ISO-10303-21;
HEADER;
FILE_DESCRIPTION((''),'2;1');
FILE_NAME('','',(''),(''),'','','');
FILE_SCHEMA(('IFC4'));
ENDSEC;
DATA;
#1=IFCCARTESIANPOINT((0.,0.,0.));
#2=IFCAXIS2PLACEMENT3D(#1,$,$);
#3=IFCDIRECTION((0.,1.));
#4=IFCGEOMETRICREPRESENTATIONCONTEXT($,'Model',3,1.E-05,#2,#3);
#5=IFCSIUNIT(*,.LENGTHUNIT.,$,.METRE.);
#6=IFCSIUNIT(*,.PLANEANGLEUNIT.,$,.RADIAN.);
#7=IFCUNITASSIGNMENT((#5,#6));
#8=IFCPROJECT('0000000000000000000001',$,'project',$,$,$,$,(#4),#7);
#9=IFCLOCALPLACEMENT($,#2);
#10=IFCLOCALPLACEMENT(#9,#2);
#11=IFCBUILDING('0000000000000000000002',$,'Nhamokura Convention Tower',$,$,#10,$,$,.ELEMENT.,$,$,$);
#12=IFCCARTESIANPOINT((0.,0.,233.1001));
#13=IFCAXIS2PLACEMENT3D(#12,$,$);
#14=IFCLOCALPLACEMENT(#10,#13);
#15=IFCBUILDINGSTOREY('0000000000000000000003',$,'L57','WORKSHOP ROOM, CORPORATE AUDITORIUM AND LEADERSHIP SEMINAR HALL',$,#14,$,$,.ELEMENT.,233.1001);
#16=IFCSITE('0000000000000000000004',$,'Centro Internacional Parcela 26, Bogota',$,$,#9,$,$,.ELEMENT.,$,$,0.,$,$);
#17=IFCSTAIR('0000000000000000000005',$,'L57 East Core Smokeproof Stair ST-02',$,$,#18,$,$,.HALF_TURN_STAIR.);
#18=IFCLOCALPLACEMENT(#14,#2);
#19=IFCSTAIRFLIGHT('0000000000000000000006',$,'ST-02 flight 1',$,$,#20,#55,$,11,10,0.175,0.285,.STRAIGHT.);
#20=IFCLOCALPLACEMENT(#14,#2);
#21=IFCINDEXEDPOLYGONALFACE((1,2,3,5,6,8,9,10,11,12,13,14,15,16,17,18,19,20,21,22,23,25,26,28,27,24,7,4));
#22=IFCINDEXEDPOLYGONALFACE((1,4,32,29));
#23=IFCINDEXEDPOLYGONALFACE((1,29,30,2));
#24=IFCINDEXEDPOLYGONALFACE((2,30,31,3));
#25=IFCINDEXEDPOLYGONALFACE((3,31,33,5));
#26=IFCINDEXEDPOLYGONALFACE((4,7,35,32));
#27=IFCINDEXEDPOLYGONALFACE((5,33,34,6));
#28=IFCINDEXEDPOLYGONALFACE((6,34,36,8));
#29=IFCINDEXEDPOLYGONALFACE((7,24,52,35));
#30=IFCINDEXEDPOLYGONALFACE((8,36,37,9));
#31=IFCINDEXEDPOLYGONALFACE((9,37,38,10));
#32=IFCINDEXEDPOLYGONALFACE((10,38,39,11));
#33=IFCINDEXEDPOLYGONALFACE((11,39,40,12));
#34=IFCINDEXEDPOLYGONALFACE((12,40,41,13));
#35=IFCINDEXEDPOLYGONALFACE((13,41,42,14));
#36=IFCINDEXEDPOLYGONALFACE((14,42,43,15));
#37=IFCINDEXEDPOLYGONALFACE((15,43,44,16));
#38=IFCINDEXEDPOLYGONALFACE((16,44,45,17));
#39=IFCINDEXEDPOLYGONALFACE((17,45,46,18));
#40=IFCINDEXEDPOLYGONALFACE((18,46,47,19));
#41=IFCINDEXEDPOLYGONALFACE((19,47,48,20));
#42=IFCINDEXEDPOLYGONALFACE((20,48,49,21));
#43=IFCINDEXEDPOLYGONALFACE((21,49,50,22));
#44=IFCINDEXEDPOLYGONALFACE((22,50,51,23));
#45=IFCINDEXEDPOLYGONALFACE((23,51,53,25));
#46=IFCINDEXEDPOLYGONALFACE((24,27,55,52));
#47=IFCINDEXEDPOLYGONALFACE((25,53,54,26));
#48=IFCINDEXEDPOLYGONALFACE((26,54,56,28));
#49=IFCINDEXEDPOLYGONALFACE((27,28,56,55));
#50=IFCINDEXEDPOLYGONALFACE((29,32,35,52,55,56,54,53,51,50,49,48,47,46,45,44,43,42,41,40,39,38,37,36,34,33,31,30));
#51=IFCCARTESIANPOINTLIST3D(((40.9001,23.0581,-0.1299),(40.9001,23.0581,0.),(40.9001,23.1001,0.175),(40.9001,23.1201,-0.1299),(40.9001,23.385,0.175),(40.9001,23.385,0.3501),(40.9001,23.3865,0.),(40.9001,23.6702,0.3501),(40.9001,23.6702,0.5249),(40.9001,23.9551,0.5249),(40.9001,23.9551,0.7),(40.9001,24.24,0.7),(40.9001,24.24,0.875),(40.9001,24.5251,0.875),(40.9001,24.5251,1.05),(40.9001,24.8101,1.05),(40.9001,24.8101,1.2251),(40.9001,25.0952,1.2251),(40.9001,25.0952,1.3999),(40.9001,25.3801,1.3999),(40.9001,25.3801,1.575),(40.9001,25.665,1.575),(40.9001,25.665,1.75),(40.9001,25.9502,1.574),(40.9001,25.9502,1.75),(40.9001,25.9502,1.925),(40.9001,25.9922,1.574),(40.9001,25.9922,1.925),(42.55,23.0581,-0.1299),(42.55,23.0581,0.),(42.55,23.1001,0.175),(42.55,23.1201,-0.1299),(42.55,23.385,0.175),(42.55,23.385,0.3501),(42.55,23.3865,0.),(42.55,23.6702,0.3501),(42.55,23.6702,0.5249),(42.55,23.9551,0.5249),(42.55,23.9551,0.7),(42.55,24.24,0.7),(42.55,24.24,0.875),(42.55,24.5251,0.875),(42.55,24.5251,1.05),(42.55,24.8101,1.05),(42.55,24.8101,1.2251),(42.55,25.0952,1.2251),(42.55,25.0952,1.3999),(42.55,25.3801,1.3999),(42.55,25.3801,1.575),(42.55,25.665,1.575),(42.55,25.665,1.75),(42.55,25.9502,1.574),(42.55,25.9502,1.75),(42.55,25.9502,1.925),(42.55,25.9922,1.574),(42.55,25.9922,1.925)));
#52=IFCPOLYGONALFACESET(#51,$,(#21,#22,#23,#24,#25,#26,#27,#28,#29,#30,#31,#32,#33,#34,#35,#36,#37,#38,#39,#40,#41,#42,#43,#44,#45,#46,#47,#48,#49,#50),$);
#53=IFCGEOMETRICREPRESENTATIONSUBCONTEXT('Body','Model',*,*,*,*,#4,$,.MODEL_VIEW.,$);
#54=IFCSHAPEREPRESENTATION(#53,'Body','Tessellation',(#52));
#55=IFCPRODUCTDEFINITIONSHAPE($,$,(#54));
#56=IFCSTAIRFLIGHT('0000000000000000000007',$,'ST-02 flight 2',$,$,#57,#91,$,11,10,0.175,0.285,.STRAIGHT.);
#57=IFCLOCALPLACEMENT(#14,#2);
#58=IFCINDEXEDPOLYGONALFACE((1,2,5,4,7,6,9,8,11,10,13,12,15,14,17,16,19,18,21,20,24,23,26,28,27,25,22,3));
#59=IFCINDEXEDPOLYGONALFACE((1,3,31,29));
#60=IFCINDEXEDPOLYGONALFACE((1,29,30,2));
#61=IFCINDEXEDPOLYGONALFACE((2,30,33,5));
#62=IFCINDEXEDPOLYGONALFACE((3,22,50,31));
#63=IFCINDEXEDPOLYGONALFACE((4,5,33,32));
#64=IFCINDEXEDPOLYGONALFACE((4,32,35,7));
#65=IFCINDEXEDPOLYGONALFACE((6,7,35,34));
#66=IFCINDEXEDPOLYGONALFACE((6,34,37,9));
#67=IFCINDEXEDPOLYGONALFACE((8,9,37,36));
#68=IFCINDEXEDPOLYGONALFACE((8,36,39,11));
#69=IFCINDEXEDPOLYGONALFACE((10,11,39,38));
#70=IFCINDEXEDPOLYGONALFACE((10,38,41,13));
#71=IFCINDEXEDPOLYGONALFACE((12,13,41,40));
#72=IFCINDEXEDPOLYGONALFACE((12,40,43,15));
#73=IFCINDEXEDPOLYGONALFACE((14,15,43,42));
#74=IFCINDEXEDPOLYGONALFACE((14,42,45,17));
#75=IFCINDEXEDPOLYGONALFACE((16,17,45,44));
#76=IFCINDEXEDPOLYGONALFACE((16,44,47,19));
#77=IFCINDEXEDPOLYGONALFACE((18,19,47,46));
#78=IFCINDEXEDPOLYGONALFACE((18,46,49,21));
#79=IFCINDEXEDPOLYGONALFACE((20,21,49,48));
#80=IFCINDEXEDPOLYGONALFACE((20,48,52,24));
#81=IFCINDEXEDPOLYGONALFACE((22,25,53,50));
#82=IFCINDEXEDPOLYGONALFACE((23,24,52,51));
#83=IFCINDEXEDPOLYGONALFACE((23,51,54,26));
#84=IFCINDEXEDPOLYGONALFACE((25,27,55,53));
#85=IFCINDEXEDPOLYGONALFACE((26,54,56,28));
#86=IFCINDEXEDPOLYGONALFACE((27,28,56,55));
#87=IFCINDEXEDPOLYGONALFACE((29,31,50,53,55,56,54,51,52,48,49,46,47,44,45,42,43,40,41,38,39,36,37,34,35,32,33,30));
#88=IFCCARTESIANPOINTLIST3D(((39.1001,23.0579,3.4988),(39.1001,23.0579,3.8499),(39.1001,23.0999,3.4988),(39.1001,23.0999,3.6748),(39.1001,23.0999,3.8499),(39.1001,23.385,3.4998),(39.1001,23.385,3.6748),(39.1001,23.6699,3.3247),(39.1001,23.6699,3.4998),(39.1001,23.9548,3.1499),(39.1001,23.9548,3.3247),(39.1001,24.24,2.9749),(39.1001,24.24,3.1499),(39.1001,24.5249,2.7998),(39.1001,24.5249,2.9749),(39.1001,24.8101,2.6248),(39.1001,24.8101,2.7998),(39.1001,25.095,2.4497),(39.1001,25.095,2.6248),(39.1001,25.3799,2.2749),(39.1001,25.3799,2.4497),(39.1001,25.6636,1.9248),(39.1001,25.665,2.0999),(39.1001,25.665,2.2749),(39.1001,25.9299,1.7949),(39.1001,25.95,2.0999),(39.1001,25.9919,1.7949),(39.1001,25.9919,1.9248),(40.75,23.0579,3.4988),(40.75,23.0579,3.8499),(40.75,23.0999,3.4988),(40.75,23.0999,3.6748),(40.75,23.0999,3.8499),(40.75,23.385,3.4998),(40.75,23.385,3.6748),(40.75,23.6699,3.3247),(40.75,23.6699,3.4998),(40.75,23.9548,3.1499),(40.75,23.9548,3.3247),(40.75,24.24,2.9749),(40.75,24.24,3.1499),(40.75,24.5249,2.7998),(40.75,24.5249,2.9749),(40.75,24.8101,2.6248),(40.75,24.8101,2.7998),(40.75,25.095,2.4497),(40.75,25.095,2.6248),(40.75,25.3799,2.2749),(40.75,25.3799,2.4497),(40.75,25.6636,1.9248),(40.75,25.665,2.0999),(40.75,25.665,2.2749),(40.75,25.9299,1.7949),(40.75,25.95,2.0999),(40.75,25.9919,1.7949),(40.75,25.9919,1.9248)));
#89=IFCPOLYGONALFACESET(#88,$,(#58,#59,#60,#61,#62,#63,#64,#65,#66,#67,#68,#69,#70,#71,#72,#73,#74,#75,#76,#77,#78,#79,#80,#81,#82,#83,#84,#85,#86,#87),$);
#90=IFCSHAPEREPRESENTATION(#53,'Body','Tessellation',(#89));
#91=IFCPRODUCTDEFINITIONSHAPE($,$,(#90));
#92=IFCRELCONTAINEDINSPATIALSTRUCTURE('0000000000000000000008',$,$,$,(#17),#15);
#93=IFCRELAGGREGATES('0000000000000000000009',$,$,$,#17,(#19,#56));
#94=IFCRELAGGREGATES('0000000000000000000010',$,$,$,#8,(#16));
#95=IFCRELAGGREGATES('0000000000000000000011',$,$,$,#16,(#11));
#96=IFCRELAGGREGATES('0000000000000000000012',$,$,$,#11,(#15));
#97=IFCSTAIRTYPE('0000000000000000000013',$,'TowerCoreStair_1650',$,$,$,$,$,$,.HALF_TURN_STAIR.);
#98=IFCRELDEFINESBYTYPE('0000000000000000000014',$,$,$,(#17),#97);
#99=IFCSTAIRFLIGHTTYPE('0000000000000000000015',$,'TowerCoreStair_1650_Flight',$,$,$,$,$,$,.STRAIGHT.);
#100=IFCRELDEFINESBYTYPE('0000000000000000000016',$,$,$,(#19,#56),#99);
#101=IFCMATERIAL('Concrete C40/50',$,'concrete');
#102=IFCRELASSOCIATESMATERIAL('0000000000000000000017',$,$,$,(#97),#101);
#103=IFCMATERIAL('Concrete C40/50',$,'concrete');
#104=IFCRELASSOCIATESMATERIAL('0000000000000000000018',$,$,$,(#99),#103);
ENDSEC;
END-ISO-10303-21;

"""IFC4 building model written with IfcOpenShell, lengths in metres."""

from ifc_helpers import new_model, si_unit, direction, frame, origin, place, context, subcontext, project, spatial, polyline, outline, extrude, material, type_object, element, aggregate, save


model = new_model("IFC4")

# Units and contexts
model_context = context("Model", 3, precision=1e-05, world=origin(), true_north=direction((0.0, 1.0)))
body_context = subcontext(model_context, "Body", "Model", "MODEL_VIEW")
ifc_project = project(units=[si_unit("LENGTHUNIT", "METRE"), si_unit("PLANEANGLEUNIT", "RADIAN")], contexts=[model_context])

# Site, building, storey
site_placement = place(None, origin())
site = spatial("IfcSite", under=ifc_project, at=site_placement, Name="Centro Internacional Parcela 26, Bogota", CompositionType="ELEMENT", RefElevation=0.0)
building_placement = place(site_placement, origin())
building = spatial("IfcBuilding", under=site, at=building_placement, Name="Nhamokura Convention Tower", CompositionType="ELEMENT")
storey_placement = place(building_placement, frame((0.0, 0.0, 233.1001)))
storey = spatial("IfcBuildingStorey", under=building, at=storey_placement, Name="L57", Description="WORKSHOP ROOM, CORPORATE AUDITORIUM AND LEADERSHIP SEMINAR HALL", CompositionType="ELEMENT", Elevation=233.1001)

# Stair, stair flights
ifc_material_1 = material(Name="Concrete C40/50", Category="concrete")
stair_type = type_object("IfcStairType", Name="TowerCoreStair_1650", PredefinedType="HALF_TURN_STAIR", material=ifc_material_1)
stair_placement = place(storey_placement, origin())
stair = element("IfcStair", 1, at=stair_placement, inside=storey, type_object=stair_type, Name="L57 East Core Smokeproof Stair ST-02", PredefinedType="HALF_TURN_STAIR")
ifc_material_2 = material(Name="Concrete C40/50", Category="concrete")
stair_flight_type = type_object("IfcStairFlightType", Name="TowerCoreStair_1650_Flight", PredefinedType="STRAIGHT", material=ifc_material_2)
stair_flight_1_placement = place(storey_placement, frame((41.7251, 23.1001, 0.0), z_axis=(0.0, 0.0, 1.0), x_axis=(0.0, 1.0, 0.0)))
stair_flight_1 = element("IfcStairFlight", 2, at=stair_flight_1_placement, type_object=stair_flight_type, Name="ST-02 flight 1", NumberOfRisers=11, NumberOfTreads=10, PredefinedType="STRAIGHT", RiserHeight=0.175, TreadLength=0.285, context=body_context, shape_type="SweptSolid", body=[
    extrude(outline(polyline([(-0.042, 0.0), (0.0, 0.175), (0.2849, 0.175), (0.2849, 0.3501), (0.5701, 0.3501), (0.5701, 0.5249), (0.855, 0.5249), (0.855, 0.7), (1.1399, 0.7), (1.1399, 0.875), (1.425, 0.875), (1.425, 1.05), (1.71, 1.05), (1.71, 1.2251), (1.9951, 1.2251), (1.9951, 1.3999), (2.28, 1.3999), (2.28, 1.575), (2.5649, 1.575), (2.5649, 1.75), (2.8501, 1.75), (2.8501, 1.925), (2.8921, 1.925), (2.8921, 1.574), (2.8501, 1.574), (0.2864, 0.0), (0.02, -0.1299), (-0.042, -0.1299), (-0.042, 0.0)])), frame((0.0, 0.825, 0.0), z_axis=(0.0, -1.0, 0.0), x_axis=(1.0, 0.0, 0.0)), (0.0, 0.0, 1.0), 1.6499),
])
stair_flight_2_placement = place(storey_placement, frame((39.925, 25.95, 1.9248), z_axis=(0.0, 0.0, 1.0), x_axis=(0.0, -1.0, 0.0)))
stair_flight_2 = element("IfcStairFlight", 3, at=stair_flight_2_placement, type_object=stair_flight_type, Name="ST-02 flight 2", NumberOfRisers=11, NumberOfTreads=10, PredefinedType="STRAIGHT", RiserHeight=0.175, TreadLength=0.285, context=body_context, shape_type="SweptSolid", body=[
    extrude(outline(polyline([(-0.042, 0.0), (0.0, 0.175), (0.2849, 0.175), (0.2849, 0.3501), (0.5701, 0.3501), (0.5701, 0.5249), (0.855, 0.5249), (0.855, 0.7), (1.1399, 0.7), (1.1399, 0.875), (1.425, 0.875), (1.425, 1.05), (1.71, 1.05), (1.71, 1.2251), (1.9951, 1.2251), (1.9951, 1.3999), (2.28, 1.3999), (2.28, 1.575), (2.5649, 1.575), (2.5649, 1.75), (2.8501, 1.75), (2.8501, 1.925), (2.8921, 1.925), (2.8921, 1.574), (2.8501, 1.574), (0.2864, 0.0), (0.02, -0.1299), (-0.042, -0.1299), (-0.042, 0.0)])), frame((0.0, 0.825, 0.0), z_axis=(0.0, -1.0, 0.0), x_axis=(1.0, 0.0, 0.0)), (0.0, 0.0, 1.0), 1.6499),
])
aggregate(stair, [stair_flight_1, stair_flight_2])

save(model, "model.ifc")
